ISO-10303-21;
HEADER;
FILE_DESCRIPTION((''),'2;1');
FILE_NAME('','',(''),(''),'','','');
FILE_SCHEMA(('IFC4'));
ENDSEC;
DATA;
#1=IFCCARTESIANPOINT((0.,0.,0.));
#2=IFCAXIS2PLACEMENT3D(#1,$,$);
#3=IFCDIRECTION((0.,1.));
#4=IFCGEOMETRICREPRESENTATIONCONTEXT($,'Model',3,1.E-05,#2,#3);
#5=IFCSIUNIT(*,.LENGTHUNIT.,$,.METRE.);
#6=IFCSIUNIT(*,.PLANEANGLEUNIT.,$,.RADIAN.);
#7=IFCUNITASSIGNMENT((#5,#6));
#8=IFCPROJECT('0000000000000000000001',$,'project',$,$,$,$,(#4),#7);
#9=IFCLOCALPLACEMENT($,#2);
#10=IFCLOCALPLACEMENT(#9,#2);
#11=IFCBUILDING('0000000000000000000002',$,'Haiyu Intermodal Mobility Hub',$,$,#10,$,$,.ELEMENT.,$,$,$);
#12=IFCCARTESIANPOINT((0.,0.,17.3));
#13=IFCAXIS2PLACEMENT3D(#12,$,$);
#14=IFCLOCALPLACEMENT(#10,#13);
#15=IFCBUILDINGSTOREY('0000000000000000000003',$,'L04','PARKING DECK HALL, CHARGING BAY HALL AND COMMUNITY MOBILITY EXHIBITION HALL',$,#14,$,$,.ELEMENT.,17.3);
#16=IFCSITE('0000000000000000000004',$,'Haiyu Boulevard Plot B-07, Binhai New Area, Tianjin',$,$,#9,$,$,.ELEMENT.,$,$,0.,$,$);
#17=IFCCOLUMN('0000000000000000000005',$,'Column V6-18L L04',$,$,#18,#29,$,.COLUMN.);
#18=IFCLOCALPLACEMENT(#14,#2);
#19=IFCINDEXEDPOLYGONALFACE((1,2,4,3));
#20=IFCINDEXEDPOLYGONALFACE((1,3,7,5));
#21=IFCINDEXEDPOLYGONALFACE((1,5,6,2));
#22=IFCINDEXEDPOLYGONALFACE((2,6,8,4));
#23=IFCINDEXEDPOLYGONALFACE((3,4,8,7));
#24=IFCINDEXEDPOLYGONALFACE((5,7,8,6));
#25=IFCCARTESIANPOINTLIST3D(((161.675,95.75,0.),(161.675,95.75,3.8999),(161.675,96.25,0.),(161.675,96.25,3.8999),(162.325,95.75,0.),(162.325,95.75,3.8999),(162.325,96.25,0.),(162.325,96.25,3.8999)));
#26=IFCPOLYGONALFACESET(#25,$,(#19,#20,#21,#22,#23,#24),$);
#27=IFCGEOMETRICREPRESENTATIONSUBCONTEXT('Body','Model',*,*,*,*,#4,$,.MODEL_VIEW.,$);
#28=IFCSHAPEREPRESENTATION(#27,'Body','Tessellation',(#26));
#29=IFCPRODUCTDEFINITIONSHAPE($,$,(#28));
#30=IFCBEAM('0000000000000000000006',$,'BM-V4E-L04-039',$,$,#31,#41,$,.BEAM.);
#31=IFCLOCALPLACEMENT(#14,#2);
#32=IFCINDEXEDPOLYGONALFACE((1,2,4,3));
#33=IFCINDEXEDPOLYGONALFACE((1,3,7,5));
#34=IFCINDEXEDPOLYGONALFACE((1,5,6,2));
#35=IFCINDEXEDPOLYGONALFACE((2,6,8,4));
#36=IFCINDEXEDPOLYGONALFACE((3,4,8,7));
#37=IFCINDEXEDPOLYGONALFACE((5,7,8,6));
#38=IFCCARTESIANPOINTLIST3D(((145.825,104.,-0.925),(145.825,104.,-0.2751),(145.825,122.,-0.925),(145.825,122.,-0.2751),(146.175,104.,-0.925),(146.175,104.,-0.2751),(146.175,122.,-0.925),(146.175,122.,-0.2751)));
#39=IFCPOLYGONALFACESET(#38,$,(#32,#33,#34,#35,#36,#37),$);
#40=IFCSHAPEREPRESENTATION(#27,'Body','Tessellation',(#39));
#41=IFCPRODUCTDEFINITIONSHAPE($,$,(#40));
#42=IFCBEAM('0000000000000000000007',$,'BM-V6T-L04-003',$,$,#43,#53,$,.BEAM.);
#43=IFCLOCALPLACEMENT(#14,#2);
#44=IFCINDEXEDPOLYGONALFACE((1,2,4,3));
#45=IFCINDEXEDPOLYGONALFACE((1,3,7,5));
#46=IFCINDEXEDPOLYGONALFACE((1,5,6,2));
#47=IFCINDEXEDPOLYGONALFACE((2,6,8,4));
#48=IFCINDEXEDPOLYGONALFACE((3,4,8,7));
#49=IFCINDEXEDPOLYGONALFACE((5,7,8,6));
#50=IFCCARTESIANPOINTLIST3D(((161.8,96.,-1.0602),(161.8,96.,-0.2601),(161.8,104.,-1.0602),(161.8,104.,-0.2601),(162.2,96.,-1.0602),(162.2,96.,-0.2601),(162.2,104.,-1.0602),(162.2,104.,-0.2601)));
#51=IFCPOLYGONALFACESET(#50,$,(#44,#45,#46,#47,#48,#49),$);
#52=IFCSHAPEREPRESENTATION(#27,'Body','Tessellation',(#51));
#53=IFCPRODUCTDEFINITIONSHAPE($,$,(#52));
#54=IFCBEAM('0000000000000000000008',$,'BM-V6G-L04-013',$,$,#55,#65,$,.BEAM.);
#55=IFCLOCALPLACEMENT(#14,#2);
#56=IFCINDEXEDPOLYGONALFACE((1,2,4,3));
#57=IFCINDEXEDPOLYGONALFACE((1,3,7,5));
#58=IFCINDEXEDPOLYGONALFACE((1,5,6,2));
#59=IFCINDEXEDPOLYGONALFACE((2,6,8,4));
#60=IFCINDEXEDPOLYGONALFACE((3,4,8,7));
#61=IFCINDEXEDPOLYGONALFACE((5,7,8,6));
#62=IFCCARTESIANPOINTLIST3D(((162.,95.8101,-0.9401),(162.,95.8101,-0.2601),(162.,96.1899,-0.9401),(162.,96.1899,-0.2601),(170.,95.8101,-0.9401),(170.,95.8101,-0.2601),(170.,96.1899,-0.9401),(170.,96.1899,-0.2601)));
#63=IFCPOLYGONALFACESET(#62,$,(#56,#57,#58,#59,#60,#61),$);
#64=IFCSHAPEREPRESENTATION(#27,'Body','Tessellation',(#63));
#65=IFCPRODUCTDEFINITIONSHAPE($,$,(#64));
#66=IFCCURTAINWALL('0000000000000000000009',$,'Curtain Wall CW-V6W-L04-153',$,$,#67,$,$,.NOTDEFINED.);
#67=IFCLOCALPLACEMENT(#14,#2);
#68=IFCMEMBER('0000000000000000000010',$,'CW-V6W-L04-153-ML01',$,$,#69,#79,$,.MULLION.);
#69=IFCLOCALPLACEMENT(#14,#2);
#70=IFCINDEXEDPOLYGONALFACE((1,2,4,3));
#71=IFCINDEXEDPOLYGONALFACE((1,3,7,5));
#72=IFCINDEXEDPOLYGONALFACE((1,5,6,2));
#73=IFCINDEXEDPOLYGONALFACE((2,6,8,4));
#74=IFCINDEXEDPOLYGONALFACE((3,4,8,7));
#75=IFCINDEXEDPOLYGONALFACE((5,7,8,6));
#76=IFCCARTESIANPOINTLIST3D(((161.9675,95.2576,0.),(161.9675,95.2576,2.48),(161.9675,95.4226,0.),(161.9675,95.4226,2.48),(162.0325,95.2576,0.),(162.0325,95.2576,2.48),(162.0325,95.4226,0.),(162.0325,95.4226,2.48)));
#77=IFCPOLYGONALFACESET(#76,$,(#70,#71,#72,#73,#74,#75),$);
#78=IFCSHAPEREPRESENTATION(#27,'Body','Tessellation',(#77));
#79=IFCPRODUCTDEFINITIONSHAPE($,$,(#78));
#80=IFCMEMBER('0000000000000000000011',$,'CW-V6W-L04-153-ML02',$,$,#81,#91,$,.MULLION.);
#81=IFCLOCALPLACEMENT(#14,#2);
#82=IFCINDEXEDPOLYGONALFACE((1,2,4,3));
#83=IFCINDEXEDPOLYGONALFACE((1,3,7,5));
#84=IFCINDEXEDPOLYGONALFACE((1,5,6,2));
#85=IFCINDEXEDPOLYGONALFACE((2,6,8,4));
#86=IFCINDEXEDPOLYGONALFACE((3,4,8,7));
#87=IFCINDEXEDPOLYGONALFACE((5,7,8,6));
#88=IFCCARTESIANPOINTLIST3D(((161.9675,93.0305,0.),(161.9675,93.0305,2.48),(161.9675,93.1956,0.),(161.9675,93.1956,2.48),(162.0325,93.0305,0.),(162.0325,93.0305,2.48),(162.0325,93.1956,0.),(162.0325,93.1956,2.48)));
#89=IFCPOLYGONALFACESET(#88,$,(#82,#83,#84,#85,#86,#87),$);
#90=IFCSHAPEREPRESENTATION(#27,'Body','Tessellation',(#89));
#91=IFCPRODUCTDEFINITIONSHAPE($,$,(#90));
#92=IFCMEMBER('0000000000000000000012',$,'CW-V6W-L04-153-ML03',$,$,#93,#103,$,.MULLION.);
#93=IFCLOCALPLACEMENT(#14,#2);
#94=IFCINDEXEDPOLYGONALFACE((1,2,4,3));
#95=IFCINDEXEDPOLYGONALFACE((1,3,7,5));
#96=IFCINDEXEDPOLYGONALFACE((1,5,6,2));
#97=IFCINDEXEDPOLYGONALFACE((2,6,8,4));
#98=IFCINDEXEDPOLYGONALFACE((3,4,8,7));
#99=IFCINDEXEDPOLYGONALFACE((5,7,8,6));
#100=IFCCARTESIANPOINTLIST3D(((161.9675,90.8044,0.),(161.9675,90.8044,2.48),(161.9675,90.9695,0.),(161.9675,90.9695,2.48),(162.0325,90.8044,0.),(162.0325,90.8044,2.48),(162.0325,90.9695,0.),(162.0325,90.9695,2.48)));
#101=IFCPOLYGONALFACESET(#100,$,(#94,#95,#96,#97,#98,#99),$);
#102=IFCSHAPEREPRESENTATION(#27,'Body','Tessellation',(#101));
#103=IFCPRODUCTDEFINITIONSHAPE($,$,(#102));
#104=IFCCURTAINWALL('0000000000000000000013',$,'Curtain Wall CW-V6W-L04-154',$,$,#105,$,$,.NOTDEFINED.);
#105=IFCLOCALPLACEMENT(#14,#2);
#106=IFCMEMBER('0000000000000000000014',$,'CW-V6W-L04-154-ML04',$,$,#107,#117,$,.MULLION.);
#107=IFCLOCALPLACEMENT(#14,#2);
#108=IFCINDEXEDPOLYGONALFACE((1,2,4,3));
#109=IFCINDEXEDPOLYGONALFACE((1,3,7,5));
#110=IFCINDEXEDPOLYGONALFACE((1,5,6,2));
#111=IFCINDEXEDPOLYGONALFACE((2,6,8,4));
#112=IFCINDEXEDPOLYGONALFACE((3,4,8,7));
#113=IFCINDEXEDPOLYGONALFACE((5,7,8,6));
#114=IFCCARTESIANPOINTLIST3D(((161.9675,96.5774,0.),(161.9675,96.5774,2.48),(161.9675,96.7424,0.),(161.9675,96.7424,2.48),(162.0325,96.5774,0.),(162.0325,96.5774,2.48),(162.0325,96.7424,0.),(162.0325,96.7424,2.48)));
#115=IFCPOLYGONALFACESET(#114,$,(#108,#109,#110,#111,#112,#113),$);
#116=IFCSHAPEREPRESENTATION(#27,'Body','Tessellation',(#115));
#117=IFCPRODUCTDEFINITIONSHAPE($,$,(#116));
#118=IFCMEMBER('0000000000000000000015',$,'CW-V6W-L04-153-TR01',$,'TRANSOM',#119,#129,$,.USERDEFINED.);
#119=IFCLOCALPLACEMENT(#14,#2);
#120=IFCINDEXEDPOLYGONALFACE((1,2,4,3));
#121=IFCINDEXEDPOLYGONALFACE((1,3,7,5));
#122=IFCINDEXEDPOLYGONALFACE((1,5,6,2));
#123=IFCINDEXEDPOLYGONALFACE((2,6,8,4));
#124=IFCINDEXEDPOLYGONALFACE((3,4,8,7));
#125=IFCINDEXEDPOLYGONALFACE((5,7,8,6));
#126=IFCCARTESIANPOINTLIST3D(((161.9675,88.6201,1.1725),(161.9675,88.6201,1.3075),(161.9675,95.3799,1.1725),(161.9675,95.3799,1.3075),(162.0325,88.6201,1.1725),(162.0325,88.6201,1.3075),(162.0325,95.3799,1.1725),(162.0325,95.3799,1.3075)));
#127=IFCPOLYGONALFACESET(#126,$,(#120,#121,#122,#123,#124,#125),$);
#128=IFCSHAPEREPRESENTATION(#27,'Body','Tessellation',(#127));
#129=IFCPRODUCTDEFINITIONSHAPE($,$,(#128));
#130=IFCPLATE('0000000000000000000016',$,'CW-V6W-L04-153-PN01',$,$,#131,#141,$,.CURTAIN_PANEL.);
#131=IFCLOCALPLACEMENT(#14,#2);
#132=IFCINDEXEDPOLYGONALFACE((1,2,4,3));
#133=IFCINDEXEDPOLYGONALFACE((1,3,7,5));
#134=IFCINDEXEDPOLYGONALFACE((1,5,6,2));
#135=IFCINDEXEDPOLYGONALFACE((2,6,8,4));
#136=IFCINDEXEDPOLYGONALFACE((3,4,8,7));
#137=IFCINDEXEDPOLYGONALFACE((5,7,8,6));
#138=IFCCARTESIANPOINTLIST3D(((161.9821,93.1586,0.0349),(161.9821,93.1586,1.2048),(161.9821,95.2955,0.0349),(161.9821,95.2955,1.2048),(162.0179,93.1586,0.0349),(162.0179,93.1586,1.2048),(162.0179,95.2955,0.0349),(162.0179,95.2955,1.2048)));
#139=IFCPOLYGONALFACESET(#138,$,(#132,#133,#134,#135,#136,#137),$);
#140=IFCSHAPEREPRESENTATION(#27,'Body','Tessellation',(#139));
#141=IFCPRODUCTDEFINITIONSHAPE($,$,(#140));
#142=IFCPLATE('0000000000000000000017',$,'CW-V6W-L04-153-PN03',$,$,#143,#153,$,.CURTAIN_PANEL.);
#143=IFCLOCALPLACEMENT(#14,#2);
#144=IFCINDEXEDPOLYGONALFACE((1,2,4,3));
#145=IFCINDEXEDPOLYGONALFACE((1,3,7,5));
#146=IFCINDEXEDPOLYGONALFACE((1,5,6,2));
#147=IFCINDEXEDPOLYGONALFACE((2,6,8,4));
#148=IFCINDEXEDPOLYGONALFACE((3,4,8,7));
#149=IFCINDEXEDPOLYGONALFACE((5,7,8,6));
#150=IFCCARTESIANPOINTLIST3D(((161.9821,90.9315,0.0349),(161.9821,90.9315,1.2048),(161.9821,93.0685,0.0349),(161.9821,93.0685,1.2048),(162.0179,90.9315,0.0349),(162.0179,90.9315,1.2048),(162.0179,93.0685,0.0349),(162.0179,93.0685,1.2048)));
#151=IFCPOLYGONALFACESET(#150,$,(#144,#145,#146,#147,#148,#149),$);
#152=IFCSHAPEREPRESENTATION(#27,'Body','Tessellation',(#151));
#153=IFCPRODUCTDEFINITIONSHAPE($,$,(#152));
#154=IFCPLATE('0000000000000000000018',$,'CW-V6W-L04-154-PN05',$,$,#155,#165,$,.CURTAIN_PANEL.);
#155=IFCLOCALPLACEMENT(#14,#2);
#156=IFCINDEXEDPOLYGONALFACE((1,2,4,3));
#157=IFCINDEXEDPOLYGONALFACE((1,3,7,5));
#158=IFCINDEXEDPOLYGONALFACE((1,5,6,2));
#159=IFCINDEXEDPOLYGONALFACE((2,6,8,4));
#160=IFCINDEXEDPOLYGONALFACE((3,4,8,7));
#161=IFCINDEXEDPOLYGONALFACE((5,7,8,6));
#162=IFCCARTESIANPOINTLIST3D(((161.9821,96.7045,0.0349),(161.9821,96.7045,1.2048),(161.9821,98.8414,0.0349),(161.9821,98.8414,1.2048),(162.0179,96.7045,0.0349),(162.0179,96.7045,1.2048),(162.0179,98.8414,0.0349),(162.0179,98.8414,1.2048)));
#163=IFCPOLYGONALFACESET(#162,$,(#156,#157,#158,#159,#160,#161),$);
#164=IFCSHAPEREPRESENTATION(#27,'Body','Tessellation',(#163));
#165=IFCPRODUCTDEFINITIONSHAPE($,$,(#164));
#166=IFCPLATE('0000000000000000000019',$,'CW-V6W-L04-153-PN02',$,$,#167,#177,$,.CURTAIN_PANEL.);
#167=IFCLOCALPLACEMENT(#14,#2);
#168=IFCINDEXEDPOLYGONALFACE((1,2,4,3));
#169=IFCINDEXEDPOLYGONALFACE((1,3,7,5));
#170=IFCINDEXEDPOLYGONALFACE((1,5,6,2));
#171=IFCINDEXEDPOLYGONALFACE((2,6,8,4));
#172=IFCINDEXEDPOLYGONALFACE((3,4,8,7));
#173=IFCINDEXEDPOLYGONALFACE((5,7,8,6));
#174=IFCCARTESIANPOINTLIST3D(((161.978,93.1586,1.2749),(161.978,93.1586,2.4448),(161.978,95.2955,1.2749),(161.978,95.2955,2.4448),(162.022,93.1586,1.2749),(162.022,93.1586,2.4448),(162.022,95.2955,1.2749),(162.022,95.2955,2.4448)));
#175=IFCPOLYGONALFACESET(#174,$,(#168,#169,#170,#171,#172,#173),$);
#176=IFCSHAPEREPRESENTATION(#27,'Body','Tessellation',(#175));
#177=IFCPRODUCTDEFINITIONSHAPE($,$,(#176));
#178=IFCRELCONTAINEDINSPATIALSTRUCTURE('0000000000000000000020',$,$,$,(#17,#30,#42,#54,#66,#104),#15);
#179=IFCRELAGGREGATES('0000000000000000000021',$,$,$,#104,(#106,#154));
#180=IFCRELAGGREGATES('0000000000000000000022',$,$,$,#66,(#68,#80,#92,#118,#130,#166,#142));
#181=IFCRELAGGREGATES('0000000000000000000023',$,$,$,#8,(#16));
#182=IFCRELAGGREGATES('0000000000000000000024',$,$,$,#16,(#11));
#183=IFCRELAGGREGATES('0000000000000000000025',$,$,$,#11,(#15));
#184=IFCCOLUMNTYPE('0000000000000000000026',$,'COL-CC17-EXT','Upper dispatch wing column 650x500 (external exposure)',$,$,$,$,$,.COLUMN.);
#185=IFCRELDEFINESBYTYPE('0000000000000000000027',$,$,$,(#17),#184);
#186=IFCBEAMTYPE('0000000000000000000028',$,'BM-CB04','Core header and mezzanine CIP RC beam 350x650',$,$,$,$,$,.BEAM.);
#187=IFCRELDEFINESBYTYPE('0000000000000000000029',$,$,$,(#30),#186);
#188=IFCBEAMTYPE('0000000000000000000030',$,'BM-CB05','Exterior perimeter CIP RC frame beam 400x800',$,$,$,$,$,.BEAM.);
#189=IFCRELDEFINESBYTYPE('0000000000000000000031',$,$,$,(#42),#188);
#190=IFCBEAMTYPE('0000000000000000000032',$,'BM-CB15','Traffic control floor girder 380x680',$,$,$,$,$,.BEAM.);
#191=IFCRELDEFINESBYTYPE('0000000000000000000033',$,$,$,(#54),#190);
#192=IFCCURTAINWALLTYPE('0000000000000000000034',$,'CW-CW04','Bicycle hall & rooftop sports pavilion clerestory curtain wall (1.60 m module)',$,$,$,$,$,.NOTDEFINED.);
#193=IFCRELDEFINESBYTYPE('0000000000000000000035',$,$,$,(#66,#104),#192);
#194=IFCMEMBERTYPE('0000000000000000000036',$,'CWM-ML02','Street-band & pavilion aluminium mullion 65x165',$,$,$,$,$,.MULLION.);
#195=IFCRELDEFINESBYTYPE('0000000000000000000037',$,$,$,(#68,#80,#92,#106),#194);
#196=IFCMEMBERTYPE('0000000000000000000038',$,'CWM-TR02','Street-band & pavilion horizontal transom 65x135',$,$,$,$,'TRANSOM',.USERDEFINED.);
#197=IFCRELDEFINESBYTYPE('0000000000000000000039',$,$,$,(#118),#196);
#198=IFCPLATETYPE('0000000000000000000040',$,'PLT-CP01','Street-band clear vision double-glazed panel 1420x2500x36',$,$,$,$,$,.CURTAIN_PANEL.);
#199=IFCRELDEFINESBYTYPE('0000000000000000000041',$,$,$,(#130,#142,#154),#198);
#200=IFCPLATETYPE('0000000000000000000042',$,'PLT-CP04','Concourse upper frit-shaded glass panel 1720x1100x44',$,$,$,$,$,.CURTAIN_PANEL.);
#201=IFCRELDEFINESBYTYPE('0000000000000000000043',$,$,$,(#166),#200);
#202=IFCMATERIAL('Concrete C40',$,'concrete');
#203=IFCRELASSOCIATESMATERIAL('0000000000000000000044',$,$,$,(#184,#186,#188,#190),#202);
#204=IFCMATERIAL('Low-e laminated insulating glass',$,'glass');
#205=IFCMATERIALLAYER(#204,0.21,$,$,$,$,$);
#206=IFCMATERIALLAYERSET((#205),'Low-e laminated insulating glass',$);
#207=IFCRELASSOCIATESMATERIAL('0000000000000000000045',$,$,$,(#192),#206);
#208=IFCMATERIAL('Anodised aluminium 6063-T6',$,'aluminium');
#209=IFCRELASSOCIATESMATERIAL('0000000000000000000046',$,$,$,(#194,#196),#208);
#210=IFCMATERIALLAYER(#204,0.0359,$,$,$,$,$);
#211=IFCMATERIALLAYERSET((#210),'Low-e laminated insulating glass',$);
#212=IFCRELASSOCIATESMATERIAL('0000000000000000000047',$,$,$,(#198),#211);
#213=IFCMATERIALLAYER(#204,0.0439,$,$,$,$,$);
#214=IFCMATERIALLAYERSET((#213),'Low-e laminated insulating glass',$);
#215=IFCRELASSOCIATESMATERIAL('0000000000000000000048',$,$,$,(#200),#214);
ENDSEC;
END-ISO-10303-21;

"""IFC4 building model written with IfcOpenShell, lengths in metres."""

from ifc_helpers import new_model, si_unit, direction, frame, origin, origin_2d, place, context, subcontext, project, spatial, rectangle, extrude, material, layer, layer_set, material_profile, profile_set, type_object, element, aggregate, save


model = new_model("IFC4")

# Units and contexts
model_context = context("Model", 3, precision=1e-05, world=origin(), true_north=direction((0.0, 1.0)))
body_context = subcontext(model_context, "Body", "Model", "MODEL_VIEW")
ifc_project = project(units=[si_unit("LENGTHUNIT", "METRE"), si_unit("PLANEANGLEUNIT", "RADIAN")], contexts=[model_context])

# Site, building, storey
site_placement = place(None, origin())
site = spatial("IfcSite", under=ifc_project, at=site_placement, Name="Haiyu Boulevard Plot B-07, Binhai New Area, Tianjin", CompositionType="ELEMENT", RefElevation=0.0)
building_placement = place(site_placement, origin())
building = spatial("IfcBuilding", under=site, at=building_placement, Name="Haiyu Intermodal Mobility Hub", CompositionType="ELEMENT")
storey_placement = place(building_placement, frame((0.0, 0.0, 17.3)))
storey = spatial("IfcBuildingStorey", under=building, at=storey_placement, Name="L04", Description="PARKING DECK HALL, CHARGING BAY HALL AND COMMUNITY MOBILITY EXHIBITION HALL", CompositionType="ELEMENT", Elevation=17.3)

# Column
ifc_material_1 = material(Name="Concrete C40", Category="concrete")
ifc_material_profile_1 = material_profile(ifc_material_1, rectangle(XDim=0.6499, YDim=0.5, at=origin_2d()), Name="C650x500")
ifc_profile_set_1 = profile_set([ifc_material_profile_1], Name="Concrete C40")
column_type = type_object("IfcColumnType", Name="COL-CC17-EXT", Description="Upper dispatch wing column 650x500 (external exposure)", PredefinedType="COLUMN", material=ifc_profile_set_1)
column_placement = place(storey_placement, frame((162.0, 96.0, 0.0), z_axis=(0.0, 0.0, 1.0), x_axis=(1.0, 0.0, 0.0)))
element("IfcColumn", 1, at=column_placement, inside=storey, type_object=column_type, Name="Column V6-18L L04", PredefinedType="COLUMN", context=body_context, shape_type="SweptSolid", body=[
    extrude(rectangle(XDim=0.6499, YDim=0.5, at=origin_2d()), origin(), (0.0, 0.0, 1.0), 3.8999),
])

# Beams
ifc_material_profile_2 = material_profile(ifc_material_1, rectangle(XDim=0.3501, YDim=0.6499, at=origin_2d()), Name="RCB350x650")
ifc_profile_set_2 = profile_set([ifc_material_profile_2], Name="Concrete C40")
beam_type_1 = type_object("IfcBeamType", Name="BM-CB04", Description="Core header and mezzanine CIP RC beam 350x650", PredefinedType="BEAM", material=ifc_profile_set_2)
beam_1_placement = place(storey_placement, frame((146.0, 104.0, -0.6001), z_axis=(0.0, 1.0, 0.0), x_axis=(-1.0, 0.0, 0.0)))
element("IfcBeam", 2, at=beam_1_placement, inside=storey, type_object=beam_type_1, Name="BM-V4E-L04-039", PredefinedType="BEAM", context=body_context, shape_type="SweptSolid", body=[
    extrude(rectangle(XDim=0.3501, YDim=0.6499, at=origin_2d()), origin(), (0.0, 0.0, 1.0), 18.0),
])
ifc_material_profile_3 = material_profile(ifc_material_1, rectangle(XDim=0.3999, YDim=0.8, at=origin_2d()), Name="RCB400x800")
ifc_profile_set_3 = profile_set([ifc_material_profile_3], Name="Concrete C40")
beam_type_2 = type_object("IfcBeamType", Name="BM-CB05", Description="Exterior perimeter CIP RC frame beam 400x800", PredefinedType="BEAM", material=ifc_profile_set_3)
beam_2_placement = place(storey_placement, frame((162.0, 96.0, -0.6602), z_axis=(0.0, 1.0, 0.0), x_axis=(-1.0, 0.0, 0.0)))
element("IfcBeam", 3, at=beam_2_placement, inside=storey, type_object=beam_type_2, Name="BM-V6T-L04-003", PredefinedType="BEAM", context=body_context, shape_type="SweptSolid", body=[
    extrude(rectangle(XDim=0.3999, YDim=0.8, at=origin_2d()), origin(), (0.0, 0.0, 1.0), 8.0),
])
ifc_material_profile_4 = material_profile(ifc_material_1, rectangle(XDim=0.3799, YDim=0.6799, at=origin_2d()), Name="B380x680")
ifc_profile_set_4 = profile_set([ifc_material_profile_4], Name="Concrete C40")
beam_type_3 = type_object("IfcBeamType", Name="BM-CB15", Description="Traffic control floor girder 380x680", PredefinedType="BEAM", material=ifc_profile_set_4)
beam_3_placement = place(storey_placement, frame((162.0, 96.0, -0.6001), z_axis=(1.0, 0.0, 0.0), x_axis=(0.0, 1.0, 0.0)))
element("IfcBeam", 4, at=beam_3_placement, inside=storey, type_object=beam_type_3, Name="BM-V6G-L04-013", PredefinedType="BEAM", context=body_context, shape_type="SweptSolid", body=[
    extrude(rectangle(XDim=0.3799, YDim=0.6799, at=origin_2d()), origin(), (0.0, 0.0, 1.0), 8.0),
])

# Curtain wall, members
ifc_material_2 = material(Name="Low-e laminated insulating glass", Category="glass")
ifc_layer_1 = layer(ifc_material_2, 0.21)
ifc_layer_set_1 = layer_set([ifc_layer_1], Name="Low-e laminated insulating glass")
curtain_wall_type = type_object("IfcCurtainWallType", Name="CW-CW04", Description="Bicycle hall & rooftop sports pavilion clerestory curtain wall (1.60 m module)", PredefinedType="NOTDEFINED", material=ifc_layer_set_1)
curtain_wall_1_placement = place(storey_placement, origin())
curtain_wall_1 = element("IfcCurtainWall", 5, at=curtain_wall_1_placement, inside=storey, type_object=curtain_wall_type, Name="Curtain Wall CW-V6W-L04-153", PredefinedType="NOTDEFINED")
ifc_material_3 = material(Name="Anodised aluminium 6063-T6", Category="aluminium")
ifc_material_profile_5 = material_profile(ifc_material_3, rectangle(XDim=0.0649, YDim=0.165, at=origin_2d()), Name="ALU65x165")
ifc_profile_set_5 = profile_set([ifc_material_profile_5], Name="Anodised aluminium 6063-T6")
member_type_1 = type_object("IfcMemberType", Name="CWM-ML02", Description="Street-band & pavilion aluminium mullion 65x165", PredefinedType="MULLION", material=ifc_profile_set_5)
member_1_placement = place(storey_placement, frame((162.0, 95.3401, 0.0), z_axis=(0.0, 0.0, 1.0), x_axis=(1.0, 0.0, 0.0)))
member_1 = element("IfcMember", 6, at=member_1_placement, type_object=member_type_1, Name="CW-V6W-L04-153-ML01", PredefinedType="MULLION", context=body_context, shape_type="SweptSolid", body=[
    extrude(rectangle(XDim=0.0649, YDim=0.165, at=origin_2d()), origin(), (0.0, 0.0, 1.0), 2.48),
])
member_2_placement = place(storey_placement, frame((162.0, 93.113, 0.0), z_axis=(0.0, 0.0, 1.0), x_axis=(1.0, 0.0, 0.0)))
member_2 = element("IfcMember", 7, at=member_2_placement, type_object=member_type_1, Name="CW-V6W-L04-153-ML02", PredefinedType="MULLION", context=body_context, shape_type="SweptSolid", body=[
    extrude(rectangle(XDim=0.0649, YDim=0.165, at=origin_2d()), origin(), (0.0, 0.0, 1.0), 2.48),
])
member_3_placement = place(storey_placement, frame((162.0, 90.887, 0.0), z_axis=(0.0, 0.0, 1.0), x_axis=(1.0, 0.0, 0.0)))
member_3 = element("IfcMember", 8, at=member_3_placement, type_object=member_type_1, Name="CW-V6W-L04-153-ML03", PredefinedType="MULLION", context=body_context, shape_type="SweptSolid", body=[
    extrude(rectangle(XDim=0.0649, YDim=0.165, at=origin_2d()), origin(), (0.0, 0.0, 1.0), 2.48),
])

# Curtain wall, member
curtain_wall_2_placement = place(storey_placement, origin())
curtain_wall_2 = element("IfcCurtainWall", 9, at=curtain_wall_2_placement, inside=storey, type_object=curtain_wall_type, Name="Curtain Wall CW-V6W-L04-154", PredefinedType="NOTDEFINED")
member_4_placement = place(storey_placement, frame((162.0, 96.6599, 0.0), z_axis=(0.0, 0.0, 1.0), x_axis=(1.0, 0.0, 0.0)))
member_4 = element("IfcMember", 10, at=member_4_placement, type_object=member_type_1, Name="CW-V6W-L04-154-ML04", PredefinedType="MULLION", context=body_context, shape_type="SweptSolid", body=[
    extrude(rectangle(XDim=0.0649, YDim=0.165, at=origin_2d()), origin(), (0.0, 0.0, 1.0), 2.48),
])

# Member
ifc_material_profile_6 = material_profile(ifc_material_3, rectangle(XDim=0.0649, YDim=0.135, at=origin_2d()), Name="ALU65x135")
ifc_profile_set_6 = profile_set([ifc_material_profile_6], Name="Anodised aluminium 6063-T6")
member_type_2 = type_object("IfcMemberType", Name="CWM-TR02", Description="Street-band & pavilion horizontal transom 65x135", ElementType="TRANSOM", PredefinedType="USERDEFINED", material=ifc_profile_set_6)
member_5_placement = place(storey_placement, frame((162.0, 95.3799, 1.24), z_axis=(0.0, -1.0, 0.0), x_axis=(1.0, 0.0, 0.0)))
member_5 = element("IfcMember", 11, at=member_5_placement, type_object=member_type_2, Name="CW-V6W-L04-153-TR01", ObjectType="TRANSOM", PredefinedType="USERDEFINED", context=body_context, shape_type="SweptSolid", body=[
    extrude(rectangle(XDim=0.0649, YDim=0.135, at=origin_2d()), origin(), (0.0, 0.0, 1.0), 6.7598),
])

# Plates
ifc_layer_2 = layer(ifc_material_2, 0.0359)
ifc_layer_set_2 = layer_set([ifc_layer_2], Name="Low-e laminated insulating glass")
plate_type_1 = type_object("IfcPlateType", Name="PLT-CP01", Description="Street-band clear vision double-glazed panel 1420x2500x36", PredefinedType="CURTAIN_PANEL", material=ifc_layer_set_2)
plate_1_placement = place(storey_placement, frame((162.0, 94.2271, 0.0349), z_axis=(0.0, 0.0, 1.0), x_axis=(0.0, -1.0, 0.0)))
plate_1 = element("IfcPlate", 12, at=plate_1_placement, type_object=plate_type_1, Name="CW-V6W-L04-153-PN01", PredefinedType="CURTAIN_PANEL", context=body_context, shape_type="SweptSolid", body=[
    extrude(rectangle(XDim=2.137, YDim=0.0359, at=origin_2d()), origin(), (0.0, 0.0, 1.0), 1.1699),
])
plate_2_placement = place(storey_placement, frame((162.0, 92.0, 0.0349), z_axis=(0.0, 0.0, 1.0), x_axis=(0.0, -1.0, 0.0)))
plate_2 = element("IfcPlate", 13, at=plate_2_placement, type_object=plate_type_1, Name="CW-V6W-L04-153-PN03", PredefinedType="CURTAIN_PANEL", context=body_context, shape_type="SweptSolid", body=[
    extrude(rectangle(XDim=2.137, YDim=0.0359, at=origin_2d()), origin(), (0.0, 0.0, 1.0), 1.1699),
])
plate_3_placement = place(storey_placement, frame((162.0, 97.7729, 0.0349), z_axis=(0.0, 0.0, 1.0), x_axis=(0.0, -1.0, 0.0)))
plate_3 = element("IfcPlate", 14, at=plate_3_placement, type_object=plate_type_1, Name="CW-V6W-L04-154-PN05", PredefinedType="CURTAIN_PANEL", context=body_context, shape_type="SweptSolid", body=[
    extrude(rectangle(XDim=2.137, YDim=0.0359, at=origin_2d()), origin(), (0.0, 0.0, 1.0), 1.1699),
])
aggregate(curtain_wall_2, [member_4, plate_3])
ifc_layer_3 = layer(ifc_material_2, 0.0439)
ifc_layer_set_3 = layer_set([ifc_layer_3], Name="Low-e laminated insulating glass")
plate_type_2 = type_object("IfcPlateType", Name="PLT-CP04", Description="Concourse upper frit-shaded glass panel 1720x1100x44", PredefinedType="CURTAIN_PANEL", material=ifc_layer_set_3)
plate_4_placement = place(storey_placement, frame((162.0, 94.2271, 1.2749), z_axis=(0.0, 0.0, 1.0), x_axis=(0.0, -1.0, 0.0)))
plate_4 = element("IfcPlate", 15, at=plate_4_placement, type_object=plate_type_2, Name="CW-V6W-L04-153-PN02", PredefinedType="CURTAIN_PANEL", context=body_context, shape_type="SweptSolid", body=[
    extrude(rectangle(XDim=2.137, YDim=0.0439, at=origin_2d()), origin(), (0.0, 0.0, 1.0), 1.1699),
])
aggregate(curtain_wall_1, [member_1, member_2, member_3, member_5, plate_1, plate_4, plate_2])

save(model, "model.ifc")
